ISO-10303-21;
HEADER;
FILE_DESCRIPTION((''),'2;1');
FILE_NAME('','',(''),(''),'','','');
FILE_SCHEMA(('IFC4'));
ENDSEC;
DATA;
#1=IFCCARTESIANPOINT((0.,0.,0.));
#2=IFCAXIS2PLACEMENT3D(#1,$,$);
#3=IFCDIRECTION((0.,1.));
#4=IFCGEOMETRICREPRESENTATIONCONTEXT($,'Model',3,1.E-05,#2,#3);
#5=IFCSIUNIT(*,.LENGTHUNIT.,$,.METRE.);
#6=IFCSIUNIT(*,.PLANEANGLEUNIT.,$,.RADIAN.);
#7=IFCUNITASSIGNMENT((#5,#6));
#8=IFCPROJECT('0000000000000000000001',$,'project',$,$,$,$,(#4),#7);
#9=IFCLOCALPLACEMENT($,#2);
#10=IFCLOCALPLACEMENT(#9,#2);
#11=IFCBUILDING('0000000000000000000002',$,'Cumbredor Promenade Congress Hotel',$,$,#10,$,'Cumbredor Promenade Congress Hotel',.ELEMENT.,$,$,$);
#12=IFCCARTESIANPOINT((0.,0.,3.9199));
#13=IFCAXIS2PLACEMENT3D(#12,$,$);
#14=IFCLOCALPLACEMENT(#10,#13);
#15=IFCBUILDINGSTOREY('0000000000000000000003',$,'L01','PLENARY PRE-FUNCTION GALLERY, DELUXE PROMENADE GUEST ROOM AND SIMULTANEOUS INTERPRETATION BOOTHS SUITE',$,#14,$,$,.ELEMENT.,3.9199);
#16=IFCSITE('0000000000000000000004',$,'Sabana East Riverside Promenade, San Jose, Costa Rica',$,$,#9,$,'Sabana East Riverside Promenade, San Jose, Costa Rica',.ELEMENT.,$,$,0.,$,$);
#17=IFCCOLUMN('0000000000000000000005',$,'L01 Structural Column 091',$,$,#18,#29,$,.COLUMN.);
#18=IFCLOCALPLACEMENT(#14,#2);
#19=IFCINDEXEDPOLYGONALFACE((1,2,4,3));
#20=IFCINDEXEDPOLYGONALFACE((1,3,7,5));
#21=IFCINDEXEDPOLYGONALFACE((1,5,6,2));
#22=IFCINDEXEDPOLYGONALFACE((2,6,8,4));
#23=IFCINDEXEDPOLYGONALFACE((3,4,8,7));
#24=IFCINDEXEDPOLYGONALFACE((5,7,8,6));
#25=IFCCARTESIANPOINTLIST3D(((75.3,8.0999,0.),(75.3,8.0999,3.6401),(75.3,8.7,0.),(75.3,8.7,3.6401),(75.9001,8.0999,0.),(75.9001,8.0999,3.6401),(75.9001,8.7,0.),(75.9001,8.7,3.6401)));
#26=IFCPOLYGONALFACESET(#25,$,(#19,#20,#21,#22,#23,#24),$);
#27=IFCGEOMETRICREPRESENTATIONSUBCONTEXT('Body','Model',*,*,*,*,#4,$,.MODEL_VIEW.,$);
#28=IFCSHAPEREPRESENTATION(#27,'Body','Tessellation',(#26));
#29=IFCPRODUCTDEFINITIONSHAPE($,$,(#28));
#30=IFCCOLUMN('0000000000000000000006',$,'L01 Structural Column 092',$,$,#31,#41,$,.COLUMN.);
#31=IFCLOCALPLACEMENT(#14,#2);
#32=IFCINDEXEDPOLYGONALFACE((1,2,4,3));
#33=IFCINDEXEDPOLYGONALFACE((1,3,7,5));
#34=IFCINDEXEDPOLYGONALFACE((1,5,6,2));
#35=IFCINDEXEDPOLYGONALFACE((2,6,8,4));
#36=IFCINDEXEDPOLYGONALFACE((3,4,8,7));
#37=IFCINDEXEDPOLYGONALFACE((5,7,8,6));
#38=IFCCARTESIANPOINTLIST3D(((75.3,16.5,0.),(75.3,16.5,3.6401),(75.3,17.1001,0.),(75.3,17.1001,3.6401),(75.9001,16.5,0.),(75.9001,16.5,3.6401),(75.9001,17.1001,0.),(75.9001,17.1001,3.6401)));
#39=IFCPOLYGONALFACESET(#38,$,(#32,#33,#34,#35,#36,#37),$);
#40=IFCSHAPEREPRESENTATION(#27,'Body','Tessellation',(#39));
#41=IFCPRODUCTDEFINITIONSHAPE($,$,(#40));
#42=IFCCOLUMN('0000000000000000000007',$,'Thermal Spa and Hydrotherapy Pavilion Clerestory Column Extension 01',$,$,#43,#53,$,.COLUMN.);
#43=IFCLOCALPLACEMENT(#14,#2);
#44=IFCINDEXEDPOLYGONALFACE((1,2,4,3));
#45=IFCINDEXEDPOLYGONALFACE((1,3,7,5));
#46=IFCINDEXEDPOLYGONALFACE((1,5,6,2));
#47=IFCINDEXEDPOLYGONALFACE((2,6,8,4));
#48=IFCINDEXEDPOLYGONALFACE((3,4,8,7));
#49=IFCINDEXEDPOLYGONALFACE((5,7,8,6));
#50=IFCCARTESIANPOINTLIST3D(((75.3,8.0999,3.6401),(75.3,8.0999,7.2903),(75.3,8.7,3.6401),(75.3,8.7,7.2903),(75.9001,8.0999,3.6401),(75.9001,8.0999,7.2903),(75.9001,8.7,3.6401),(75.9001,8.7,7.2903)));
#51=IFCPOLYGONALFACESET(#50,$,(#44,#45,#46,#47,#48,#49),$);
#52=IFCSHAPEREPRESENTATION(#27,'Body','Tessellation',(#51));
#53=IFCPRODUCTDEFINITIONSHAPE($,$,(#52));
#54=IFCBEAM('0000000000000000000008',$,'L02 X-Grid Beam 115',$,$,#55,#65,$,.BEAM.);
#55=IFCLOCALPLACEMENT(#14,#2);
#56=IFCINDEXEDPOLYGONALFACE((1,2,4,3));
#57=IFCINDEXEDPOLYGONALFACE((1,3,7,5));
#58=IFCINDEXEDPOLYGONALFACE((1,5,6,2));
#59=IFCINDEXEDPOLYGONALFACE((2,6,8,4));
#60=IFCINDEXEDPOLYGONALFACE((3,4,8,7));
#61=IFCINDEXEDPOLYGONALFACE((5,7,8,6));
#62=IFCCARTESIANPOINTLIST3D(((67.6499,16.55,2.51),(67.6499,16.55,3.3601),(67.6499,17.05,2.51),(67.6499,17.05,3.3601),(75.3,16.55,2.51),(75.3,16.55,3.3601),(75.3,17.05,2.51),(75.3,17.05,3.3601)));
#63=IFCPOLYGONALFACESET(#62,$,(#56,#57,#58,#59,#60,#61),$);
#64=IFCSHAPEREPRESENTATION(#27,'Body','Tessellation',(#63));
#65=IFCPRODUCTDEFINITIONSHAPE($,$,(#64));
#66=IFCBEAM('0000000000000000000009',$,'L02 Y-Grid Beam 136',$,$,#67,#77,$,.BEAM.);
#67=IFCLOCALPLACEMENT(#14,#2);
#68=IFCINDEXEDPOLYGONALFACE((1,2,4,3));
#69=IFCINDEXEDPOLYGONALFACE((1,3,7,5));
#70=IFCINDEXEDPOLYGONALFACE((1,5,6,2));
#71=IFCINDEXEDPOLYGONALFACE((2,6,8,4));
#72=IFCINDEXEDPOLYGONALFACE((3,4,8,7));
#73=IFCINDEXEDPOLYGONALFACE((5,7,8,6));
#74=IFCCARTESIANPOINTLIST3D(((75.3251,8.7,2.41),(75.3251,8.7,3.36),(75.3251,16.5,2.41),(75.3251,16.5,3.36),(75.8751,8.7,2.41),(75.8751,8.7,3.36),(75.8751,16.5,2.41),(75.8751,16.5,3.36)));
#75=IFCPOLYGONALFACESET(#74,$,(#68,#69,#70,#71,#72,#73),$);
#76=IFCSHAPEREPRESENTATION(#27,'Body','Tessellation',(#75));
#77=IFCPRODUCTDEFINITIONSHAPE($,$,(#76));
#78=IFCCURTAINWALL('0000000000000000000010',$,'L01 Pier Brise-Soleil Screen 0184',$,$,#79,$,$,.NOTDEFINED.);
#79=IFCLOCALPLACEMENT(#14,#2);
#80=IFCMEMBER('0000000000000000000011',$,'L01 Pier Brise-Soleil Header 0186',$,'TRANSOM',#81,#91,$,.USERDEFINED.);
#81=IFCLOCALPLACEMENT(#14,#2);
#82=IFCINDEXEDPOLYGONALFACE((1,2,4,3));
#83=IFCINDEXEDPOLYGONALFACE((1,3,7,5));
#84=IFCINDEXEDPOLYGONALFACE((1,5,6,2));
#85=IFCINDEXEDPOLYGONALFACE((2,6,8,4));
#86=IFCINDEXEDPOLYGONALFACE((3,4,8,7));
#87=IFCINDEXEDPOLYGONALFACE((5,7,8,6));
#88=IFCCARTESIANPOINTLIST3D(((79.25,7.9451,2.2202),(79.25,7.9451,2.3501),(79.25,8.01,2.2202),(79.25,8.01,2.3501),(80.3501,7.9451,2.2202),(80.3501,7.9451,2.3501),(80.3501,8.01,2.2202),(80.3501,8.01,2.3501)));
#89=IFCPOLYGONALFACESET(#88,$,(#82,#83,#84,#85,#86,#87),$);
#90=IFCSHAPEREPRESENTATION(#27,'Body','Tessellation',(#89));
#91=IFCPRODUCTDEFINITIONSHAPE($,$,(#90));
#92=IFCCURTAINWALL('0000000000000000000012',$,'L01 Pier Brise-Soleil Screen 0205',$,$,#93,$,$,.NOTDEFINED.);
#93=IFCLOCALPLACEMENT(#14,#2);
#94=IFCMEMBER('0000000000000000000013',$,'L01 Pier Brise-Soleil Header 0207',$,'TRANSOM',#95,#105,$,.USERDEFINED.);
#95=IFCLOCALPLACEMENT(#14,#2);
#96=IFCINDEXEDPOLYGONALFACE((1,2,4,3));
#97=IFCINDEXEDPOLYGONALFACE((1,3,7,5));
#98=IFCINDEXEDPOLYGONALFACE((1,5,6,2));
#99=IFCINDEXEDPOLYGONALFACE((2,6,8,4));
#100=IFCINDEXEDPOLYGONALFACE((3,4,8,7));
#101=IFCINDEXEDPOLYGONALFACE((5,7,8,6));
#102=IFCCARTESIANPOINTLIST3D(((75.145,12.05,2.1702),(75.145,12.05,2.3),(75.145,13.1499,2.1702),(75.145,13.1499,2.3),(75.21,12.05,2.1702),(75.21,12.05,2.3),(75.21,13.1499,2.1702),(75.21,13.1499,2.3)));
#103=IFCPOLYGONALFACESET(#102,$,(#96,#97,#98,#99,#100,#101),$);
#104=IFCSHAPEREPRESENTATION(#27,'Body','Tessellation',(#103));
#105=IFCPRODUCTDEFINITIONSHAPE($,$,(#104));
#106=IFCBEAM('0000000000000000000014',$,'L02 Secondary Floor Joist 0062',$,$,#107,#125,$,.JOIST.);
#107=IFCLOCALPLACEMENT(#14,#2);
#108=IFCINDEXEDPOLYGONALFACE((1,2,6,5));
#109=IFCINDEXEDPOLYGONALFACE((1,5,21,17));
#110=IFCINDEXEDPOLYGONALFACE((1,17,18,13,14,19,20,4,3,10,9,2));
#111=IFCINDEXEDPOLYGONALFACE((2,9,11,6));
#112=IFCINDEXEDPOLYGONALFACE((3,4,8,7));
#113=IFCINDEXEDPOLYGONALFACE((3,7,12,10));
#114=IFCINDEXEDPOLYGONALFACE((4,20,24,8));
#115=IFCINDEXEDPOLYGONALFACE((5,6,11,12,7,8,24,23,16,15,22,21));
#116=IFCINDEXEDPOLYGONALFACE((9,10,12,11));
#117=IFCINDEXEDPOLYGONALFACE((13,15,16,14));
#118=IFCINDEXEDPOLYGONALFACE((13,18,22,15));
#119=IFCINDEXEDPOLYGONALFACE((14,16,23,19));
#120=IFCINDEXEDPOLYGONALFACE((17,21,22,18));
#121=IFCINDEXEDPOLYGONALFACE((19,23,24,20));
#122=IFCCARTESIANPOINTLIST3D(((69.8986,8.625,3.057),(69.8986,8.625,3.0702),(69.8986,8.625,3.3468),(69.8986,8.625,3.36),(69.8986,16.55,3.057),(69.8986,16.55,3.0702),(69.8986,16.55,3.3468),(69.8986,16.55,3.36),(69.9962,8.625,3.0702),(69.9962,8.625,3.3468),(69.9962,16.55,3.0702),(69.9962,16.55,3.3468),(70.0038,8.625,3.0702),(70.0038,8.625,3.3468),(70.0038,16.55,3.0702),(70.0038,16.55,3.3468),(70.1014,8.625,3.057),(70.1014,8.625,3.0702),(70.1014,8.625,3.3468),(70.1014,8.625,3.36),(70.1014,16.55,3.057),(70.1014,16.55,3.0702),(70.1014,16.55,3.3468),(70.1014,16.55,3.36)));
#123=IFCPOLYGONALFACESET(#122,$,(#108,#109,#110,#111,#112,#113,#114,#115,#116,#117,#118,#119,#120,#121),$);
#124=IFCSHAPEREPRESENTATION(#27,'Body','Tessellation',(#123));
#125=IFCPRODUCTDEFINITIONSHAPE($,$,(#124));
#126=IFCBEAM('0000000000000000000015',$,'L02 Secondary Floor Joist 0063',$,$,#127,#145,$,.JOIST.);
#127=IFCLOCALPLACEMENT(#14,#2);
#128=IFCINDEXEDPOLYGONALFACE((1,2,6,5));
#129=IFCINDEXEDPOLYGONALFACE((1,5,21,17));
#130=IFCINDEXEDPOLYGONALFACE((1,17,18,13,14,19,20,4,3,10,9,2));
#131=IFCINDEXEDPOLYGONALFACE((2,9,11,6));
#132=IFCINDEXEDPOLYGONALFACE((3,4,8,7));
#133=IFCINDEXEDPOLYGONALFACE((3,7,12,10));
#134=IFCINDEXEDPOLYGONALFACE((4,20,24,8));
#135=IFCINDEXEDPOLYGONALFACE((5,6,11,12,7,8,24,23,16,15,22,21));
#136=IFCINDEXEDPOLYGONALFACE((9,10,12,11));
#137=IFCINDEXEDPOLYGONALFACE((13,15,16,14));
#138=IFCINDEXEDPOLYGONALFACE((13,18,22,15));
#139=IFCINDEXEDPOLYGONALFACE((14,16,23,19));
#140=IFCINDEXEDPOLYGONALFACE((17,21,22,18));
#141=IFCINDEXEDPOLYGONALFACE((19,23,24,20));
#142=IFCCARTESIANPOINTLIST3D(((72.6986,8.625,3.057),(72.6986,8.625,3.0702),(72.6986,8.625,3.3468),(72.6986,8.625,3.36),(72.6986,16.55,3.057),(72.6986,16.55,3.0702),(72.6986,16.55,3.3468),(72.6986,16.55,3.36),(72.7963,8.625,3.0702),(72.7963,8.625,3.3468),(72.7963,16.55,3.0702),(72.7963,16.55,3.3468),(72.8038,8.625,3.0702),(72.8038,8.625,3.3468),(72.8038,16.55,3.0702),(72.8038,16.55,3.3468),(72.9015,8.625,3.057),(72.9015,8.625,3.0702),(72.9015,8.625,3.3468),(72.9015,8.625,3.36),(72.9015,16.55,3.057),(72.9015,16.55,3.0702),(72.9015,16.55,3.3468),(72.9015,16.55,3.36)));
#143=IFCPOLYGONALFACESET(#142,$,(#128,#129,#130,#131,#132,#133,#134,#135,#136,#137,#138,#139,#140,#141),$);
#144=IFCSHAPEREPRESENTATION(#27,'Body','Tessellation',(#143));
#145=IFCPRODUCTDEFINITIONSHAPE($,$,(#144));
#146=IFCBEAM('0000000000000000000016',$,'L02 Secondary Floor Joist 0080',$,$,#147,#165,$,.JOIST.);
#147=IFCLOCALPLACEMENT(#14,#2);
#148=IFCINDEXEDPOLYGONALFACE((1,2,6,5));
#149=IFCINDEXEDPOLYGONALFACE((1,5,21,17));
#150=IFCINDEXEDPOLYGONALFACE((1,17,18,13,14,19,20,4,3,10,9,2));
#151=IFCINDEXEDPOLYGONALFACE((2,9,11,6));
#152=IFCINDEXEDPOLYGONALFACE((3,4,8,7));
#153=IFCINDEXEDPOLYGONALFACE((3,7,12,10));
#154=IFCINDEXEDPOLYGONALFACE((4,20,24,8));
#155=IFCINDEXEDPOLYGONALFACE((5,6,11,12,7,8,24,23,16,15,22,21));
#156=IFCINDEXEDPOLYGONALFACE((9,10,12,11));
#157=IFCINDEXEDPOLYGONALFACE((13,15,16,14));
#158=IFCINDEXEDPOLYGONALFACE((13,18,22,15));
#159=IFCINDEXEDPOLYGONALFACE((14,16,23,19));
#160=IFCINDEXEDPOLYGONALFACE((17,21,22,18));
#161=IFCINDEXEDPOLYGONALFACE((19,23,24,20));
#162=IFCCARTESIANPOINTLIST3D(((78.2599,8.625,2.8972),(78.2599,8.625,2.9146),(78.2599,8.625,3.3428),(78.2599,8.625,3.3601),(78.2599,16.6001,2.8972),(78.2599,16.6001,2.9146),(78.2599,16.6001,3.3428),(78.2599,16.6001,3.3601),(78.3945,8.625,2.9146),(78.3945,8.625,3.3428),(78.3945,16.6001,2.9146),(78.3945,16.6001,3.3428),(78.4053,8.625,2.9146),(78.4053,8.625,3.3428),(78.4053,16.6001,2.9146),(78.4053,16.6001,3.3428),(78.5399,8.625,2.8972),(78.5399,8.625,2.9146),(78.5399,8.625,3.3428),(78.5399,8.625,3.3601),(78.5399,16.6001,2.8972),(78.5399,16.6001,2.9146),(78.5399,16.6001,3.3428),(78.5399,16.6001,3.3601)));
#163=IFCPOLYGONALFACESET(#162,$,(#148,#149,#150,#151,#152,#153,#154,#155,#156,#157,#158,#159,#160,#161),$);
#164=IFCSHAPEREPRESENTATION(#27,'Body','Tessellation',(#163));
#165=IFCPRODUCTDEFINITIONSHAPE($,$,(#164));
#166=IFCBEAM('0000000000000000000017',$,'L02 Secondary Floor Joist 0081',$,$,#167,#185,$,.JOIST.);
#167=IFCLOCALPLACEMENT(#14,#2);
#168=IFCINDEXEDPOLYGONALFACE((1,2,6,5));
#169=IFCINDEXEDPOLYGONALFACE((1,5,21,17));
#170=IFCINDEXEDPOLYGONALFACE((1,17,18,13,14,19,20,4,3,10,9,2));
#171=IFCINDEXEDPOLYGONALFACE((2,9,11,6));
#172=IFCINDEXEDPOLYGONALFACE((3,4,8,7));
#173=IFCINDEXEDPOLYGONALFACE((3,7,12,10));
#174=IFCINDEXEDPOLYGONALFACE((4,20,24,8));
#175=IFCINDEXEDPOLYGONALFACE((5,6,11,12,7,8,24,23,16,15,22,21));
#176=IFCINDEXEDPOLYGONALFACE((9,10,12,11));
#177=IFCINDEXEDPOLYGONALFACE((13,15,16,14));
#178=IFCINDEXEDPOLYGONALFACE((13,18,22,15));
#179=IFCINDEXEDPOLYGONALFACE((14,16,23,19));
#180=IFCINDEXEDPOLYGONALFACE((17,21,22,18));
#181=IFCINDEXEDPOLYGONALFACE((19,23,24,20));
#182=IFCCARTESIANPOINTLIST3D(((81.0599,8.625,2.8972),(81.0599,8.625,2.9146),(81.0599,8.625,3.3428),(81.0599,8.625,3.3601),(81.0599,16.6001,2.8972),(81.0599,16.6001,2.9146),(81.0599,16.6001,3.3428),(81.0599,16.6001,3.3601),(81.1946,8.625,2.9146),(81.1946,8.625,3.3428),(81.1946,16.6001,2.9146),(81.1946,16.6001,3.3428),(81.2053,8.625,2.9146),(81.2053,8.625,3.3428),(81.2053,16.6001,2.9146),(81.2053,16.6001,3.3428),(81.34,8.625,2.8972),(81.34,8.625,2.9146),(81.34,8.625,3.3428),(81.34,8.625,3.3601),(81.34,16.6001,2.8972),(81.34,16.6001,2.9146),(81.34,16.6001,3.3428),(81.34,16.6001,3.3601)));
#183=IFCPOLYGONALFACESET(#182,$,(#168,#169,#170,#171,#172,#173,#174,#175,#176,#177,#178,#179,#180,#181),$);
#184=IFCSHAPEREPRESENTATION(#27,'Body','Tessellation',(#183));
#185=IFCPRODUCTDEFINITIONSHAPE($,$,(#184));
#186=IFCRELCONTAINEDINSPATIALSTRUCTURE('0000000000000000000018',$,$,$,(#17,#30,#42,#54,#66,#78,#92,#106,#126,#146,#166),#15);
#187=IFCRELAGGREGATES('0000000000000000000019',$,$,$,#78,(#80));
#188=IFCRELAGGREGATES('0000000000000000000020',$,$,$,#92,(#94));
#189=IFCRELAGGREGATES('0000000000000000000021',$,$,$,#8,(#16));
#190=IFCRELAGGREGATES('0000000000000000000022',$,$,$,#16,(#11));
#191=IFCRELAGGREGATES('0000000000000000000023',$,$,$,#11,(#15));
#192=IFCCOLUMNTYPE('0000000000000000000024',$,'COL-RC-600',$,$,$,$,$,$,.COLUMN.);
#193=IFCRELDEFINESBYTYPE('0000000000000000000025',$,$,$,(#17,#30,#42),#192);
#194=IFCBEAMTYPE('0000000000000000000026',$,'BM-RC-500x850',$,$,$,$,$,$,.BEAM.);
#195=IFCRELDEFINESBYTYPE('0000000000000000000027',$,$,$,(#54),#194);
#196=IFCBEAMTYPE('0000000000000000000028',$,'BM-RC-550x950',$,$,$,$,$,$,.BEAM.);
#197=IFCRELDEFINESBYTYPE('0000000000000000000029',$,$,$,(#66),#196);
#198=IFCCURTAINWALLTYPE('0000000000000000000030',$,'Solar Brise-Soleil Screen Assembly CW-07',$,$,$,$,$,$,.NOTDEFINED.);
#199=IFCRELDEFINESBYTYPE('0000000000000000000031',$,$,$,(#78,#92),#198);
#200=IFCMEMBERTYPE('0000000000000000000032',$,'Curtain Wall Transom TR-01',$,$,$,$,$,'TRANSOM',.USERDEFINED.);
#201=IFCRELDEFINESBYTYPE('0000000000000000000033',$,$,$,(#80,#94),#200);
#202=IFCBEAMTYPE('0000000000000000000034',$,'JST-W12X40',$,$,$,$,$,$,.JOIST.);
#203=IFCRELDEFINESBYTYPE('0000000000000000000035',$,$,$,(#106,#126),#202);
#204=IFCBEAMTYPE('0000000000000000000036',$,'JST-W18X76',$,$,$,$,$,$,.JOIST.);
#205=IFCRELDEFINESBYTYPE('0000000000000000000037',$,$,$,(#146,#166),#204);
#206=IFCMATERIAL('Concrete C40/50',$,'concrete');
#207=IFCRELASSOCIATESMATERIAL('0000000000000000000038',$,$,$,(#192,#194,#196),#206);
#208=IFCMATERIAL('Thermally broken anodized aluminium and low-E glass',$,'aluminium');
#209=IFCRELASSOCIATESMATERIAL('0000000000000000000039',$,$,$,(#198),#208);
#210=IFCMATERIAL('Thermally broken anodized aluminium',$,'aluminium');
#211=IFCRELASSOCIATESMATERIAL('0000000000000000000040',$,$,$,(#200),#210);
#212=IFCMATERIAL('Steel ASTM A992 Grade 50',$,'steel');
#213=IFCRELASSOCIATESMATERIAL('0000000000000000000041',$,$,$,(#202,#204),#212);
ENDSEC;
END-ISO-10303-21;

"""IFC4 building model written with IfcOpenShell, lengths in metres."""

from ifc_helpers import new_model, si_unit, direction, frame, origin, origin_2d, place, context, subcontext, project, spatial, rectangle, i_section, extrude, material, material_profile, profile_set, type_object, element, aggregate, save


model = new_model("IFC4")

# Units and contexts
model_context = context("Model", 3, precision=1e-05, world=origin(), true_north=direction((0.0, 1.0)))
body_context = subcontext(model_context, "Body", "Model", "MODEL_VIEW")
ifc_project = project(units=[si_unit("LENGTHUNIT", "METRE"), si_unit("PLANEANGLEUNIT", "RADIAN")], contexts=[model_context])

# Site, building, storey
site_placement = place(None, origin())
site = spatial("IfcSite", under=ifc_project, at=site_placement, Name="Sabana East Riverside Promenade, San Jose, Costa Rica", LongName="Sabana East Riverside Promenade, San Jose, Costa Rica", CompositionType="ELEMENT", RefElevation=0.0)
building_placement = place(site_placement, origin())
building = spatial("IfcBuilding", under=site, at=building_placement, Name="Cumbredor Promenade Congress Hotel", LongName="Cumbredor Promenade Congress Hotel", CompositionType="ELEMENT")
storey_placement = place(building_placement, frame((0.0, 0.0, 3.9199)))
storey = spatial("IfcBuildingStorey", under=building, at=storey_placement, Name="L01", Description="PLENARY PRE-FUNCTION GALLERY, DELUXE PROMENADE GUEST ROOM AND SIMULTANEOUS INTERPRETATION BOOTHS SUITE", CompositionType="ELEMENT", Elevation=3.9199)

# Columns
ifc_material_1 = material(Name="Concrete C40/50", Category="concrete")
ifc_material_profile_1 = material_profile(ifc_material_1, rectangle(XDim=0.6001, YDim=0.6001, at=origin_2d()), Name="RC 600x600")
ifc_profile_set_1 = profile_set([ifc_material_profile_1], Name="Concrete C40/50")
column_type = type_object("IfcColumnType", Name="COL-RC-600", PredefinedType="COLUMN", material=ifc_profile_set_1)
for number, where, z_axis, x_axis, name in (
    (1, (75.6001, 8.3999, 0.0), (0.0, 0.0, 1.0), (1.0, 0.0, 0.0), "L01 Structural Column 091"),
    (2, (75.6001, 16.8, 0.0), (0.0, 0.0, 1.0), (1.0, 0.0, 0.0), "L01 Structural Column 092"),
):
    element("IfcColumn", number, at=place(storey_placement, frame(where, z_axis=z_axis, x_axis=x_axis)), inside=storey, type_object=column_type, Name=name, PredefinedType="COLUMN", context=body_context, shape_type="SweptSolid", body=[
        extrude(rectangle(XDim=0.6001, YDim=0.6001, at=origin_2d()), origin(), (0.0, 0.0, 1.0), 3.6401),
    ])
column_placement = place(storey_placement, frame((75.6001, 8.3999, 3.6401), z_axis=(0.0, 0.0, 1.0), x_axis=(1.0, 0.0, 0.0)))
element("IfcColumn", 3, at=column_placement, inside=storey, type_object=column_type, Name="Thermal Spa and Hydrotherapy Pavilion Clerestory Column Extension 01", PredefinedType="COLUMN", context=body_context, shape_type="SweptSolid", body=[
    extrude(rectangle(XDim=0.6001, YDim=0.6001, at=origin_2d()), origin(), (0.0, 0.0, 1.0), 3.6501),
])

# Beams
ifc_material_profile_2 = material_profile(ifc_material_1, rectangle(XDim=0.5, YDim=0.8501, at=origin_2d()), Name="RC BEAM 500x850")
ifc_profile_set_2 = profile_set([ifc_material_profile_2], Name="Concrete C40/50")
beam_type_1 = type_object("IfcBeamType", Name="BM-RC-500x850", PredefinedType="BEAM", material=ifc_profile_set_2)
beam_1_placement = place(storey_placement, frame((67.6499, 16.8, 2.9351), z_axis=(1.0, 0.0, 0.0), x_axis=(0.0, 1.0, 0.0)))
element("IfcBeam", 4, at=beam_1_placement, inside=storey, type_object=beam_type_1, Name="L02 X-Grid Beam 115", PredefinedType="BEAM", context=body_context, shape_type="SweptSolid", body=[
    extrude(rectangle(XDim=0.5, YDim=0.8501, at=origin_2d()), origin(), (0.0, 0.0, 1.0), 7.6501),
])
ifc_material_profile_3 = material_profile(ifc_material_1, rectangle(XDim=0.55, YDim=0.95, at=origin_2d()), Name="RC BEAM 550x950")
ifc_profile_set_3 = profile_set([ifc_material_profile_3], Name="Concrete C40/50")
beam_type_2 = type_object("IfcBeamType", Name="BM-RC-550x950", PredefinedType="BEAM", material=ifc_profile_set_3)
beam_2_placement = place(storey_placement, frame((75.6001, 8.7, 2.885), z_axis=(0.0, 1.0, 0.0), x_axis=(-1.0, 0.0, 0.0)))
element("IfcBeam", 5, at=beam_2_placement, inside=storey, type_object=beam_type_2, Name="L02 Y-Grid Beam 136", PredefinedType="BEAM", context=body_context, shape_type="SweptSolid", body=[
    extrude(rectangle(XDim=0.55, YDim=0.95, at=origin_2d()), origin(), (0.0, 0.0, 1.0), 7.8),
])

# Curtain walls, members
ifc_material_2 = material(Name="Thermally broken anodized aluminium and low-E glass", Category="aluminium")
curtain_wall_type = type_object("IfcCurtainWallType", Name="Solar Brise-Soleil Screen Assembly CW-07", PredefinedType="NOTDEFINED", material=ifc_material_2)
curtain_wall_1_placement = place(storey_placement, origin())
curtain_wall_1 = element("IfcCurtainWall", 6, at=curtain_wall_1_placement, inside=storey, type_object=curtain_wall_type, Name="L01 Pier Brise-Soleil Screen 0184", PredefinedType="NOTDEFINED")
ifc_material_3 = material(Name="Thermally broken anodized aluminium", Category="aluminium")
ifc_material_profile_4 = material_profile(ifc_material_3, rectangle(XDim=0.0649, YDim=0.1299, at=origin_2d()), Name="ALU TRANSOM 65x130")
ifc_profile_set_4 = profile_set([ifc_material_profile_4], Name="Thermally broken anodized aluminium")
member_type_1 = type_object("IfcMemberType", Name="Curtain Wall Transom TR-01", ElementType="TRANSOM", PredefinedType="USERDEFINED", material=ifc_profile_set_4)
member_1_placement = place(storey_placement, frame((79.25, 7.9775, 2.2852), z_axis=(1.0, 0.0, 0.0), x_axis=(0.0, 1.0, 0.0)))
member_1 = element("IfcMember", 7, at=member_1_placement, type_object=member_type_1, Name="L01 Pier Brise-Soleil Header 0186", ObjectType="TRANSOM", PredefinedType="USERDEFINED", context=body_context, shape_type="SweptSolid", body=[
    extrude(rectangle(XDim=0.0649, YDim=0.1299, at=origin_2d()), origin(), (0.0, 0.0, 1.0), 1.1001),
])
curtain_wall_2_placement = place(storey_placement, origin())
curtain_wall_2 = element("IfcCurtainWall", 8, at=curtain_wall_2_placement, inside=storey, type_object=curtain_wall_type, Name="L01 Pier Brise-Soleil Screen 0205", PredefinedType="NOTDEFINED")
member_2_placement = place(storey_placement, frame((75.1775, 12.05, 2.2351), z_axis=(0.0, 1.0, 0.0), x_axis=(-1.0, 0.0, 0.0)))
member_2 = element("IfcMember", 9, at=member_2_placement, type_object=member_type_1, Name="L01 Pier Brise-Soleil Header 0207", ObjectType="TRANSOM", PredefinedType="USERDEFINED", context=body_context, shape_type="SweptSolid", body=[
    extrude(rectangle(XDim=0.0649, YDim=0.1299, at=origin_2d()), origin(), (0.0, 0.0, 1.0), 1.0999),
])

# Beams
ifc_material_4 = material(Name="Steel ASTM A992 Grade 50", Category="steel")
ifc_material_profile_5 = material_profile(ifc_material_4, i_section(OverallWidth=0.2029, OverallDepth=0.303, WebThickness=0.0076, FlangeThickness=0.0132, at=origin_2d()), Name="W12X40")
ifc_profile_set_5 = profile_set([ifc_material_profile_5], Name="Steel ASTM A992 Grade 50")
beam_type_3 = type_object("IfcBeamType", Name="JST-W12X40", PredefinedType="JOIST", material=ifc_profile_set_5)
for number, where, z_axis, x_axis, name in (
    (10, (70.0, 8.625, 3.2085), (0.0, 1.0, 0.0), (-1.0, 0.0, 0.0), "L02 Secondary Floor Joist 0062"),
    (11, (72.8, 8.625, 3.2085), (0.0, 1.0, 0.0), (-1.0, 0.0, 0.0), "L02 Secondary Floor Joist 0063"),
):
    element("IfcBeam", number, at=place(storey_placement, frame(where, z_axis=z_axis, x_axis=x_axis)), inside=storey, type_object=beam_type_3, Name=name, PredefinedType="JOIST", context=body_context, shape_type="SweptSolid", body=[
        extrude(i_section(OverallWidth=0.2029, OverallDepth=0.303, WebThickness=0.0076, FlangeThickness=0.0132, at=origin_2d()), origin(), (0.0, 0.0, 1.0), 7.925),
    ])
ifc_material_profile_6 = material_profile(ifc_material_4, i_section(OverallWidth=0.28, OverallDepth=0.4629, WebThickness=0.0107, FlangeThickness=0.0173, at=origin_2d()), Name="W18X76")
ifc_profile_set_6 = profile_set([ifc_material_profile_6], Name="Steel ASTM A992 Grade 50")
beam_type_4 = type_object("IfcBeamType", Name="JST-W18X76", PredefinedType="JOIST", material=ifc_profile_set_6)
for number, where, z_axis, x_axis, name in (
    (12, (78.3999, 8.625, 3.1287), (0.0, 1.0, 0.0), (-1.0, 0.0, 0.0), "L02 Secondary Floor Joist 0080"),
    (13, (81.2, 8.625, 3.1287), (0.0, 1.0, 0.0), (-1.0, 0.0, 0.0), "L02 Secondary Floor Joist 0081"),
):
    element("IfcBeam", number, at=place(storey_placement, frame(where, z_axis=z_axis, x_axis=x_axis)), inside=storey, type_object=beam_type_4, Name=name, PredefinedType="JOIST", context=body_context, shape_type="SweptSolid", body=[
        extrude(i_section(OverallWidth=0.28, OverallDepth=0.4629, WebThickness=0.0107, FlangeThickness=0.0173, at=origin_2d()), origin(), (0.0, 0.0, 1.0), 7.9751),
    ])

aggregate(curtain_wall_1, [member_1])
aggregate(curtain_wall_2, [member_2])

save(model, "model.ifc")
